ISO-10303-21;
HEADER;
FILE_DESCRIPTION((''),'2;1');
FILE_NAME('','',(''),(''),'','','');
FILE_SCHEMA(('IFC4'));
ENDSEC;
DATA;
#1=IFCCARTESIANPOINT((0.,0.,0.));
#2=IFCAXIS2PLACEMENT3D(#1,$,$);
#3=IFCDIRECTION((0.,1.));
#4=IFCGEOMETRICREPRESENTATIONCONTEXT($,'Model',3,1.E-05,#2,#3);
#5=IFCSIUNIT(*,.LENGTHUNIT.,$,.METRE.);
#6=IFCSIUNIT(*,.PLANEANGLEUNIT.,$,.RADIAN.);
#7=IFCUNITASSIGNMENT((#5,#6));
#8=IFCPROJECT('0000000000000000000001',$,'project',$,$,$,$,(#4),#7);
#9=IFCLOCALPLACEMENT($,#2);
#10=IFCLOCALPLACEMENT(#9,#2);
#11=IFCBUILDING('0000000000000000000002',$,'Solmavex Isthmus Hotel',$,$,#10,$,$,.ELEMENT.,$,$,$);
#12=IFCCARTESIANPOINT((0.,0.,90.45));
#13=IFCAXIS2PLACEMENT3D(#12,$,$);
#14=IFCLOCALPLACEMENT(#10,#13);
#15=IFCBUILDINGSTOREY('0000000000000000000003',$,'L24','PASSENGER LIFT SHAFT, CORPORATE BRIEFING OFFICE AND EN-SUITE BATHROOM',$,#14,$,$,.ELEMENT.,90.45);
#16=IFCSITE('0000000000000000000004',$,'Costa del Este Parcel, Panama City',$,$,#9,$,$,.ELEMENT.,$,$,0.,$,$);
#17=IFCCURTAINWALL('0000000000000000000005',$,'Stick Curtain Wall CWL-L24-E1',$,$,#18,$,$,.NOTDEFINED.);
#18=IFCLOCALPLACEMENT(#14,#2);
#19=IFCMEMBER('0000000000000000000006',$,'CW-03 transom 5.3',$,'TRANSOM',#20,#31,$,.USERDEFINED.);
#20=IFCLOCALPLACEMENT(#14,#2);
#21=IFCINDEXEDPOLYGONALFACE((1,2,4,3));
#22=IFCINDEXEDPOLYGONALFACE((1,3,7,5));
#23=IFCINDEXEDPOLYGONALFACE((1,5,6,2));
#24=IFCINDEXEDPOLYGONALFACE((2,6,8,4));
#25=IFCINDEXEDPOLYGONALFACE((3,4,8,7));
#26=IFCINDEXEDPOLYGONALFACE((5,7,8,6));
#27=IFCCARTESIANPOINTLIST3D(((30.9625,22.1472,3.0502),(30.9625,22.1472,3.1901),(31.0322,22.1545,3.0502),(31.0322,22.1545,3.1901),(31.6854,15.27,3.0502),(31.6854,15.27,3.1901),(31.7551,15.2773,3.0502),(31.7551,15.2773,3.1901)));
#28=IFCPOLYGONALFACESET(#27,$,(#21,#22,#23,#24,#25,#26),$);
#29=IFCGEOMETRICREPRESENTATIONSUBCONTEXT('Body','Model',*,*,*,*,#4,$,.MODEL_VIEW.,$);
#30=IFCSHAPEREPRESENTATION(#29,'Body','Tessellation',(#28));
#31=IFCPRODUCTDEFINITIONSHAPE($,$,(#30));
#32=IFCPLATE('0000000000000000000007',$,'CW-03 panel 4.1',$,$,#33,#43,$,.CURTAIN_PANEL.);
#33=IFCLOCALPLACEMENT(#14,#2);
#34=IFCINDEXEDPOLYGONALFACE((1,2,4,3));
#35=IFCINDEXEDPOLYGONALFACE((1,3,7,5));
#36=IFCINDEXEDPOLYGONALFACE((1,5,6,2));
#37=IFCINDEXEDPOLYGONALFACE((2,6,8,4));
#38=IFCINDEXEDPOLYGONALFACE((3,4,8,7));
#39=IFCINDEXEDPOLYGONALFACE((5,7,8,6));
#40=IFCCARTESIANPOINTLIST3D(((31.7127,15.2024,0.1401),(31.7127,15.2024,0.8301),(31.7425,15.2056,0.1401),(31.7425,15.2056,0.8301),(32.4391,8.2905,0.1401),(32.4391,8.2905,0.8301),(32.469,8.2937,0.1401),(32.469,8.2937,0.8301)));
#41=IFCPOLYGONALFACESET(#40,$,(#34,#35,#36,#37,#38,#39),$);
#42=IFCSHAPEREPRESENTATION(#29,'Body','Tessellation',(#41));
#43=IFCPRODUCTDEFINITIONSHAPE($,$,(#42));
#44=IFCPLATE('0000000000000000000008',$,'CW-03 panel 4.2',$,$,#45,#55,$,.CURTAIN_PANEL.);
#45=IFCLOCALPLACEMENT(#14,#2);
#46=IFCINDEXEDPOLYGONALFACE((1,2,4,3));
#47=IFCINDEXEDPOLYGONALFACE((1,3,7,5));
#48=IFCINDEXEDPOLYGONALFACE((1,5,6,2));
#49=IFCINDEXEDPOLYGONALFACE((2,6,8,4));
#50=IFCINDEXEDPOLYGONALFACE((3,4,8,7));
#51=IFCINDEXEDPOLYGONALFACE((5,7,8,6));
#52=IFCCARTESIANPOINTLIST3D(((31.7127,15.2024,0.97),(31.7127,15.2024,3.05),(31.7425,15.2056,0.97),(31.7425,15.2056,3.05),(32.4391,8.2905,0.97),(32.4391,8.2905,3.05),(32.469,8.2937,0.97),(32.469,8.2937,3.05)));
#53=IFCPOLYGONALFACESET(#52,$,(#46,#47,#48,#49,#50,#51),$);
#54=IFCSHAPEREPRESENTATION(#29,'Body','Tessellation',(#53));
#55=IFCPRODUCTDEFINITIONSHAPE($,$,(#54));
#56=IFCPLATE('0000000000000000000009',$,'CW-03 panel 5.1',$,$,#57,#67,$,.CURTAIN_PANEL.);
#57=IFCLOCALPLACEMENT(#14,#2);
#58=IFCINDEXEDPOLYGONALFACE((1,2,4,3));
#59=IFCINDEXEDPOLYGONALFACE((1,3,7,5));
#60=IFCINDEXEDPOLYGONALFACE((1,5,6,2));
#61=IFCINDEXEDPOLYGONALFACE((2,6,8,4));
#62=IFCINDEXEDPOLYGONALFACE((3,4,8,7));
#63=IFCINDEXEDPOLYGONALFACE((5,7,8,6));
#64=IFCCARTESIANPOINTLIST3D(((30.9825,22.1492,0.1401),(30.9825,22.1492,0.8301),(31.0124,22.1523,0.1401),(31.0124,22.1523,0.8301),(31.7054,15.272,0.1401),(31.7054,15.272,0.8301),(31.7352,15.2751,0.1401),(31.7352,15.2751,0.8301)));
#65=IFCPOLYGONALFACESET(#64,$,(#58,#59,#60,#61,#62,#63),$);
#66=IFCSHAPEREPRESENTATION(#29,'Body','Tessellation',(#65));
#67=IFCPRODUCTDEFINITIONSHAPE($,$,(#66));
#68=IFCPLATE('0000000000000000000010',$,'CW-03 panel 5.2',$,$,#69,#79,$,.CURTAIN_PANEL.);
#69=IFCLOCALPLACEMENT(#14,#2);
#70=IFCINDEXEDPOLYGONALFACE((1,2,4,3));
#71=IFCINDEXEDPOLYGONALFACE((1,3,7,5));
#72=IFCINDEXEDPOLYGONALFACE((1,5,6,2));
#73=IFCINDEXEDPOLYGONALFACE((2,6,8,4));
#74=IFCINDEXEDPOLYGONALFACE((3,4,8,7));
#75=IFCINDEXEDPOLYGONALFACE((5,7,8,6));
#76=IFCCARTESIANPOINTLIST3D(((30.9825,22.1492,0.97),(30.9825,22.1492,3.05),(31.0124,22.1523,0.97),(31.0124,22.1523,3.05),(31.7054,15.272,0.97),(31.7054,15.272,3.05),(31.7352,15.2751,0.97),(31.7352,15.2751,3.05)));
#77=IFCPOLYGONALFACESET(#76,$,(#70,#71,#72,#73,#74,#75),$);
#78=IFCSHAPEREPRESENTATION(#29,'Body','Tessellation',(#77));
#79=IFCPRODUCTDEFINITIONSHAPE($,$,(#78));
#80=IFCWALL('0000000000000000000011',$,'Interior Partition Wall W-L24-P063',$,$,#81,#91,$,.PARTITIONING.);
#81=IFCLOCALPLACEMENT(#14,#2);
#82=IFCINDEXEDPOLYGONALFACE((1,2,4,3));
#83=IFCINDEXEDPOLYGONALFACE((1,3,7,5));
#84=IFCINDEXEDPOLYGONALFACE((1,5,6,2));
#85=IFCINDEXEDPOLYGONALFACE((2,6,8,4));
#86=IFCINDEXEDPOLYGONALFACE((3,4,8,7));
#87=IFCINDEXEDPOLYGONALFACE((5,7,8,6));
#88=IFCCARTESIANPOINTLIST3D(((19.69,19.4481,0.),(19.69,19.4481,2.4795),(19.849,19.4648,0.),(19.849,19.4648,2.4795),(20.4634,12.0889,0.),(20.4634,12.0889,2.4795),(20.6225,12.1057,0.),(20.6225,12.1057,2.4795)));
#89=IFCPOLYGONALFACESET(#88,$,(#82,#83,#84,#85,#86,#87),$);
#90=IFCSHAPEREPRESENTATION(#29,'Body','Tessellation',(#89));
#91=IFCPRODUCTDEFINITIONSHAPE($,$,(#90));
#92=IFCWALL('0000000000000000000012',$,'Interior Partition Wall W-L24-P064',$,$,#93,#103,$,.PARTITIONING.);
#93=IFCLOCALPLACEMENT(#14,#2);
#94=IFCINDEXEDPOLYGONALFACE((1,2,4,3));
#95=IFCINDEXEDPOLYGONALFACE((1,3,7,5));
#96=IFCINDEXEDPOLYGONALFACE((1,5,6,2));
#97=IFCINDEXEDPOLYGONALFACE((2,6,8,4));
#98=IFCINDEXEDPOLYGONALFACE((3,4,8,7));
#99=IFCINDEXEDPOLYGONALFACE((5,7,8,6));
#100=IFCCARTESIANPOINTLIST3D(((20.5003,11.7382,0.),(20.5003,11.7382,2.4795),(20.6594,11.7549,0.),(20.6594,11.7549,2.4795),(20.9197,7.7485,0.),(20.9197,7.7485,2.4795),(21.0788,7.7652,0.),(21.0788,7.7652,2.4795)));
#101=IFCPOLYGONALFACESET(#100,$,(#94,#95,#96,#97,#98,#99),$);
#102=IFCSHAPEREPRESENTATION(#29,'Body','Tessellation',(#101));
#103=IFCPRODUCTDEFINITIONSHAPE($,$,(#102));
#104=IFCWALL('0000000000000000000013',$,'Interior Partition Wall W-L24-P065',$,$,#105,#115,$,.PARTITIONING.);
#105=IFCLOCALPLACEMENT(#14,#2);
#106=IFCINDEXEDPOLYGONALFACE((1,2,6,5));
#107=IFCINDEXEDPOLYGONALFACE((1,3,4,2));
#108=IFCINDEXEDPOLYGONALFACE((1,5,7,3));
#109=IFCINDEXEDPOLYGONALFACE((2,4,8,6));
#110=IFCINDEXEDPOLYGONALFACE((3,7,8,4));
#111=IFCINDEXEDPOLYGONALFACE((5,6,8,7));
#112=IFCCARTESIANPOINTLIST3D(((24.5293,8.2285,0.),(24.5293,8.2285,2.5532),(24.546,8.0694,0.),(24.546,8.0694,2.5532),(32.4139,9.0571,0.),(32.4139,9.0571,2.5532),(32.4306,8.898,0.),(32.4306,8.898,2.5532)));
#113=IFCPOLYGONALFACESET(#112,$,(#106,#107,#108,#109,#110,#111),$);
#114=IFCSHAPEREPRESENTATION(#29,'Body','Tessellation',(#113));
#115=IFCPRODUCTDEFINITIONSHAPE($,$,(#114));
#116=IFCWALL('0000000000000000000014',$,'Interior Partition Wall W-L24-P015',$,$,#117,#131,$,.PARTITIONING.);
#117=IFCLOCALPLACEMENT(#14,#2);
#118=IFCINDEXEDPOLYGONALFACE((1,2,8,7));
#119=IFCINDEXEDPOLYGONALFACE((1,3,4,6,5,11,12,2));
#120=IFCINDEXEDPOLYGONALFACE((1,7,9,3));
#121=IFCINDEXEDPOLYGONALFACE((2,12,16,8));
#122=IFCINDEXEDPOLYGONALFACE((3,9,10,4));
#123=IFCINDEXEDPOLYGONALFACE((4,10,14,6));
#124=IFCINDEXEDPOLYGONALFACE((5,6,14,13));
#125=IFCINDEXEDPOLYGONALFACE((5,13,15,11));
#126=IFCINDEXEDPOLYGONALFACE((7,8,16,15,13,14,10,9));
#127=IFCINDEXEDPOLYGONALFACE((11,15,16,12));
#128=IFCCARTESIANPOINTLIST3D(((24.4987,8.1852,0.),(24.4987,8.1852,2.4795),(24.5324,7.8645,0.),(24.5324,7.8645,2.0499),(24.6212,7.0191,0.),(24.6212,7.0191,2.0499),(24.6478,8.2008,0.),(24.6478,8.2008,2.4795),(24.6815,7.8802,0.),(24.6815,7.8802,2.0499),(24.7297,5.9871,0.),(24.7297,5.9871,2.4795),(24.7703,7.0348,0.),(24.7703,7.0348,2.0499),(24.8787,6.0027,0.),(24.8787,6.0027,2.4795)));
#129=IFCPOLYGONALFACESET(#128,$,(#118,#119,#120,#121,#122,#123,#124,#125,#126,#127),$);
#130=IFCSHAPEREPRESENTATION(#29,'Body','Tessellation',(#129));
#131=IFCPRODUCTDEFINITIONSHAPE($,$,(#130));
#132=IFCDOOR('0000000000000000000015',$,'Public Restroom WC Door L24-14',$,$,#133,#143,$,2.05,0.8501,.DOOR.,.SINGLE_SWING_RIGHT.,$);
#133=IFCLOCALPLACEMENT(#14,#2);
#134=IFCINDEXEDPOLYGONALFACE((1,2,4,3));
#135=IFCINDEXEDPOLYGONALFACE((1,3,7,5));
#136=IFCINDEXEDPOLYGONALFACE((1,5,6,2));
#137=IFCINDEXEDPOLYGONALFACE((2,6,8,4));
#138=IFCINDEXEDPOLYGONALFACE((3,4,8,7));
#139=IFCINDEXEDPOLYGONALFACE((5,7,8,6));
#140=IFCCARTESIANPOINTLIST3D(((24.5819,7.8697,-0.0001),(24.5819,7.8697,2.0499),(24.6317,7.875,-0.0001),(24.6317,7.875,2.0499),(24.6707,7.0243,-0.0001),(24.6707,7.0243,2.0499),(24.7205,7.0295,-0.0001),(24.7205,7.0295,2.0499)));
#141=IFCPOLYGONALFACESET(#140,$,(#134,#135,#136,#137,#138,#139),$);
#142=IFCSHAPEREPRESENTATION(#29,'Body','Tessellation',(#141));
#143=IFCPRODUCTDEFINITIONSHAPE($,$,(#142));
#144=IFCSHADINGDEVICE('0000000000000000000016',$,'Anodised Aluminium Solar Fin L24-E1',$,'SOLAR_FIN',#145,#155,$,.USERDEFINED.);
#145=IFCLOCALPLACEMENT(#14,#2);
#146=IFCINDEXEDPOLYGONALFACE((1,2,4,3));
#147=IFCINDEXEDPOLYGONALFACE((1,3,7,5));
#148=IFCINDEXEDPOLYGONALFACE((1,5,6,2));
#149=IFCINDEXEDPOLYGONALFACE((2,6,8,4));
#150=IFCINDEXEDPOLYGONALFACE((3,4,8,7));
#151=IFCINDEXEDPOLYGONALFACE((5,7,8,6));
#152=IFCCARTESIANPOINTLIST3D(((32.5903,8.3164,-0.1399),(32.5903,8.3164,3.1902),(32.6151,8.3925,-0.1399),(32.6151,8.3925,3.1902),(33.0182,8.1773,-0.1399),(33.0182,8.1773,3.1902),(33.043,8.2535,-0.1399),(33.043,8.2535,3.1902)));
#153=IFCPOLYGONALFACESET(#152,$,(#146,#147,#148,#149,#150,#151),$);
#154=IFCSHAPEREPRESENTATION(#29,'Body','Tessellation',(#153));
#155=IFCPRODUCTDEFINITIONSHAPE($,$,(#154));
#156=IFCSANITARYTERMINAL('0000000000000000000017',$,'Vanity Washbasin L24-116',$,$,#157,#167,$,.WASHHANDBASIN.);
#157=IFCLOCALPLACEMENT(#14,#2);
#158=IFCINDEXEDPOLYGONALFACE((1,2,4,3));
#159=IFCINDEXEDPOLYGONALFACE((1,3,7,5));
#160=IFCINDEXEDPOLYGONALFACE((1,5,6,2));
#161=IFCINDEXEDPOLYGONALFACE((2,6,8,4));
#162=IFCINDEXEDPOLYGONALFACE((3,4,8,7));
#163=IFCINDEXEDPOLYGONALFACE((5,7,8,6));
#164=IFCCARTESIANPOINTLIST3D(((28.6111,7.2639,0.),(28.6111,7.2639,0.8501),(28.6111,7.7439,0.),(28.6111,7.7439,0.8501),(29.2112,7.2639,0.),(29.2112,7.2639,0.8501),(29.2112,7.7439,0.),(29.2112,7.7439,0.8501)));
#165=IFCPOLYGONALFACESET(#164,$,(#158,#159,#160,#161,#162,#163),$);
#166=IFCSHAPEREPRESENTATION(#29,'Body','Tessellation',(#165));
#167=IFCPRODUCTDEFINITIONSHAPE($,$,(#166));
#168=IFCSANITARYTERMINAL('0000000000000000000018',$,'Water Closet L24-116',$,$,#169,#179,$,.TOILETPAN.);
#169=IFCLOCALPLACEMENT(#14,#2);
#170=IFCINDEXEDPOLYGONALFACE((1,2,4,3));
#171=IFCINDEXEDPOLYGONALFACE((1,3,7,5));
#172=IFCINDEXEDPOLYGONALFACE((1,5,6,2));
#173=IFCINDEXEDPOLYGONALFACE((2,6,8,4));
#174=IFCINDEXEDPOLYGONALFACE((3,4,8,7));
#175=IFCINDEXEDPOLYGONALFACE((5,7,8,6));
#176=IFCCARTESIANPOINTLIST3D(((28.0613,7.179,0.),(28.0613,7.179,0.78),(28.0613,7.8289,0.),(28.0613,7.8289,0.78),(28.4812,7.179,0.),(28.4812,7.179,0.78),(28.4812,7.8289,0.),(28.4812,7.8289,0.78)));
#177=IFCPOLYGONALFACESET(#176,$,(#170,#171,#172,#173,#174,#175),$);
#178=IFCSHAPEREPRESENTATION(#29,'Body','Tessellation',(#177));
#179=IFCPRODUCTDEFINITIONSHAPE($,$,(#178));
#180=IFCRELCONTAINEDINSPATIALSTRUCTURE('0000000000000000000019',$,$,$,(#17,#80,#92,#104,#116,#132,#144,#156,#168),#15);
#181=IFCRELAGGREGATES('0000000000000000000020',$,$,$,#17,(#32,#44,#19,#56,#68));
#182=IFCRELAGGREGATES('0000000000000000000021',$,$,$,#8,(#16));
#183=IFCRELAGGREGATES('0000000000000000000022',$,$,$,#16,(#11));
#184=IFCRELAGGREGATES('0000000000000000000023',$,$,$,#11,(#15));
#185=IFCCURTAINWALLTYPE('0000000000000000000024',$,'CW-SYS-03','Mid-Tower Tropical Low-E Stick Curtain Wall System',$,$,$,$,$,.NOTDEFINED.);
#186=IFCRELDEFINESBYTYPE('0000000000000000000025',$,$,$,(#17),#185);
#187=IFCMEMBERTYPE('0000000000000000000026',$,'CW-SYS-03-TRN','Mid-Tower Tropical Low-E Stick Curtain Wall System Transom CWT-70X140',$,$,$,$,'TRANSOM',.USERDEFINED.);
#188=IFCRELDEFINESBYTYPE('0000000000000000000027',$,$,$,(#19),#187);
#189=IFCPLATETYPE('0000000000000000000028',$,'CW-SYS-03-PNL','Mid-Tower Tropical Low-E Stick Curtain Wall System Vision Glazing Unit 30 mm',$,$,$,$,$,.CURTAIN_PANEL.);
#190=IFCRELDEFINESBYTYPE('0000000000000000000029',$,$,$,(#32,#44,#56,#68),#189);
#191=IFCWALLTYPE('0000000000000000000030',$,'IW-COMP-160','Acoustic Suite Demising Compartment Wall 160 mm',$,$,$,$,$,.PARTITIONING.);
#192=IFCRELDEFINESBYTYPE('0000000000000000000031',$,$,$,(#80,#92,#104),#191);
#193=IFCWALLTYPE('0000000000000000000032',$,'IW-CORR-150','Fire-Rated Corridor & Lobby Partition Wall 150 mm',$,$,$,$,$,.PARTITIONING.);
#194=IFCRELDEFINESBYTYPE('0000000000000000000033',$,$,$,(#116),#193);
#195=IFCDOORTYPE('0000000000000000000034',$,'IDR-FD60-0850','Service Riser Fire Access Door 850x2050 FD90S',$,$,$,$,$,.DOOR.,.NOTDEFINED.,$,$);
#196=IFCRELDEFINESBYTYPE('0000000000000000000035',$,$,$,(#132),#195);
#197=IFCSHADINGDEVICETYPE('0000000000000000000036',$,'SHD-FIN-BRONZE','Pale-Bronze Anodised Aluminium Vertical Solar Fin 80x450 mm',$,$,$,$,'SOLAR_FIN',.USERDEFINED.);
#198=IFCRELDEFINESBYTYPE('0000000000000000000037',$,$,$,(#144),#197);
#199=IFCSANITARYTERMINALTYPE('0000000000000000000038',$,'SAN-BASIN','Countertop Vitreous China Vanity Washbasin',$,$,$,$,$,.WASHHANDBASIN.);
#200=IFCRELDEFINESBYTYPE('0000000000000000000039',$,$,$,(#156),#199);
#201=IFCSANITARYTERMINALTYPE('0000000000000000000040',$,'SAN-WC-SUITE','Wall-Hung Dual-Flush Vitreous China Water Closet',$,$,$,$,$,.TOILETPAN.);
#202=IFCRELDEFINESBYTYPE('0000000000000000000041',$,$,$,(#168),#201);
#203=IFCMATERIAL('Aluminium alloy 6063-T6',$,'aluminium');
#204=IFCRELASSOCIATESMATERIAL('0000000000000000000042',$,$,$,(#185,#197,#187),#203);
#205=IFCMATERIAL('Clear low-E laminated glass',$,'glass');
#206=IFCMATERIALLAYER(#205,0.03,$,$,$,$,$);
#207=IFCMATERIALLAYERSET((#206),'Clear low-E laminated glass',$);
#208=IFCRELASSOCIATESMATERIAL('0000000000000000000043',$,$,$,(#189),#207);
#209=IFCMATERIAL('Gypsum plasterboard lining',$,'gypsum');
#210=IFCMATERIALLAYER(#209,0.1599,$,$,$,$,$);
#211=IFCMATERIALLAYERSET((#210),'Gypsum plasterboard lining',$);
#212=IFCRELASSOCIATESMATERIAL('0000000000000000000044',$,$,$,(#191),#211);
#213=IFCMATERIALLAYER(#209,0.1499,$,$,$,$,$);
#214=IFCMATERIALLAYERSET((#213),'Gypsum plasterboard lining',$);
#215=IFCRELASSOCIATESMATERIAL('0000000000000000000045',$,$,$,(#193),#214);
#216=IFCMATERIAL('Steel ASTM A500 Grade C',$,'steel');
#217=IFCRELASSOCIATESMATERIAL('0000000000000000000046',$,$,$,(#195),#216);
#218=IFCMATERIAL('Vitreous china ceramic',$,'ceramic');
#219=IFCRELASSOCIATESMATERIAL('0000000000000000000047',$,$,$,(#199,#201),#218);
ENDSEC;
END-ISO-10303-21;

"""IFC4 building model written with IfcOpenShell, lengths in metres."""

from ifc_helpers import new_model, si_unit, direction, frame, frame_2d, origin, origin_2d, place, context, subcontext, project, spatial, rectangle, extrude, material, layer, layer_set, material_profile, profile_set, type_object, element, fill, aggregate, save


model = new_model("IFC4")

# Units and contexts
model_context = context("Model", 3, precision=1e-05, world=origin(), true_north=direction((0.0, 1.0)))
body_context = subcontext(model_context, "Body", "Model", "MODEL_VIEW")
ifc_project = project(units=[si_unit("LENGTHUNIT", "METRE"), si_unit("PLANEANGLEUNIT", "RADIAN")], contexts=[model_context])

# Site, building, storey
site_placement = place(None, origin())
site = spatial("IfcSite", under=ifc_project, at=site_placement, Name="Costa del Este Parcel, Panama City", CompositionType="ELEMENT", RefElevation=0.0)
building_placement = place(site_placement, origin())
building = spatial("IfcBuilding", under=site, at=building_placement, Name="Solmavex Isthmus Hotel", CompositionType="ELEMENT")
storey_placement = place(building_placement, frame((0.0, 0.0, 90.45)))
storey = spatial("IfcBuildingStorey", under=building, at=storey_placement, Name="L24", Description="PASSENGER LIFT SHAFT, CORPORATE BRIEFING OFFICE AND EN-SUITE BATHROOM", CompositionType="ELEMENT", Elevation=90.45)

# Curtain wall, member, plates
ifc_material_1 = material(Name="Aluminium alloy 6063-T6", Category="aluminium")
curtain_wall_type = type_object("IfcCurtainWallType", Name="CW-SYS-03", Description="Mid-Tower Tropical Low-E Stick Curtain Wall System", PredefinedType="NOTDEFINED", material=ifc_material_1)
curtain_wall_placement = place(storey_placement, origin())
curtain_wall = element("IfcCurtainWall", 1, at=curtain_wall_placement, inside=storey, type_object=curtain_wall_type, Name="Stick Curtain Wall CWL-L24-E1", PredefinedType="NOTDEFINED")
ifc_material_profile_1 = material_profile(ifc_material_1, rectangle(XDim=0.0701, YDim=0.1399, at=origin_2d()), Name="CWT-70X140")
ifc_profile_set_1 = profile_set([ifc_material_profile_1], Name="Aluminium alloy 6063-T6")
member_type_1 = type_object("IfcMemberType", Name="CW-SYS-03-TRN", Description="Mid-Tower Tropical Low-E Stick Curtain Wall System Transom CWT-70X140", ElementType="TRANSOM", PredefinedType="USERDEFINED", material=ifc_profile_set_1)
member_1_placement = place(storey_placement, frame((31.7202, 15.2737, 3.1201), z_axis=(-0.10454, 0.994521, 0.0), x_axis=(-0.994521, -0.10454, 0.0)))
member_1 = element("IfcMember", 2, at=member_1_placement, type_object=member_type_1, Name="CW-03 transom 5.3", ObjectType="TRANSOM", PredefinedType="USERDEFINED", context=body_context, shape_type="SweptSolid", body=[
    extrude(rectangle(XDim=0.0701, YDim=0.1399, at=origin_2d()), origin(), (0.0, 0.0, 1.0), 6.915),
])
ifc_material_2 = material(Name="Clear low-E laminated glass", Category="glass")
ifc_layer_1 = layer(ifc_material_2, 0.03)
ifc_layer_set_1 = layer_set([ifc_layer_1], Name="Clear low-E laminated glass")
plate_type = type_object("IfcPlateType", Name="CW-SYS-03-PNL", Description="Mid-Tower Tropical Low-E Stick Curtain Wall System Vision Glazing Unit 30 mm", PredefinedType="CURTAIN_PANEL", material=ifc_layer_set_1)
plate_1_placement = place(storey_placement, frame((32.0908, 11.748, 0.1401), z_axis=(0.0, 0.0, 1.0), x_axis=(-0.104528, 0.994522, 0.0)))
plate_1 = element("IfcPlate", 3, at=plate_1_placement, type_object=plate_type, Name="CW-03 panel 4.1", PredefinedType="CURTAIN_PANEL", context=body_context, shape_type="SweptSolid", body=[
    extrude(rectangle(XDim=6.95, YDim=0.03, at=origin_2d()), origin(), (0.0, 0.0, 1.0), 0.6899),
])
plate_2_placement = place(storey_placement, frame((32.0908, 11.748, 0.97), z_axis=(0.0, 0.0, 1.0), x_axis=(-0.104528, 0.994522, 0.0)))
plate_2 = element("IfcPlate", 4, at=plate_2_placement, type_object=plate_type, Name="CW-03 panel 4.2", PredefinedType="CURTAIN_PANEL", context=body_context, shape_type="SweptSolid", body=[
    extrude(rectangle(XDim=6.95, YDim=0.03, at=origin_2d()), origin(), (0.0, 0.0, 1.0), 2.0801),
])
plate_3_placement = place(storey_placement, frame((31.3589, 18.7122, 0.1401), z_axis=(0.0, 0.0, 1.0), x_axis=(-0.104528, 0.994522, 0.0)))
plate_3 = element("IfcPlate", 5, at=plate_3_placement, type_object=plate_type, Name="CW-03 panel 5.1", PredefinedType="CURTAIN_PANEL", context=body_context, shape_type="SweptSolid", body=[
    extrude(rectangle(XDim=6.915, YDim=0.03, at=origin_2d()), origin(), (0.0, 0.0, 1.0), 0.6899),
])
plate_4_placement = place(storey_placement, frame((31.3589, 18.7122, 0.97), z_axis=(0.0, 0.0, 1.0), x_axis=(-0.104528, 0.994522, 0.0)))
plate_4 = element("IfcPlate", 6, at=plate_4_placement, type_object=plate_type, Name="CW-03 panel 5.2", PredefinedType="CURTAIN_PANEL", context=body_context, shape_type="SweptSolid", body=[
    extrude(rectangle(XDim=6.915, YDim=0.03, at=origin_2d()), origin(), (0.0, 0.0, 1.0), 2.0801),
])
aggregate(curtain_wall, [plate_1, plate_2, member_1, plate_3, plate_4])

# Walls
ifc_material_3 = material(Name="Gypsum plasterboard lining", Category="gypsum")
ifc_layer_2 = layer(ifc_material_3, 0.1599)
ifc_layer_set_2 = layer_set([ifc_layer_2], Name="Gypsum plasterboard lining")
wall_type_1 = type_object("IfcWallType", Name="IW-COMP-160", Description="Acoustic Suite Demising Compartment Wall 160 mm", PredefinedType="PARTITIONING", material=ifc_layer_set_2)
wall_1_placement = place(storey_placement, frame((19.7695, 19.4563, 0.0), z_axis=(0.0, 0.0, 1.0), x_axis=(0.104523, -0.994522, 0.0)))
element("IfcWall", 7, at=wall_1_placement, inside=storey, type_object=wall_type_1, Name="Interior Partition Wall W-L24-P063", PredefinedType="PARTITIONING", context=body_context, shape_type="SweptSolid", body=[
    extrude(rectangle(XDim=7.3997, YDim=0.1599, at=frame_2d((3.6997, 0.0))), origin(), (0.0, 0.0, 1.0), 2.4795),
])
wall_2_placement = place(storey_placement, frame((20.5798, 11.7466, 0.0), z_axis=(0.0, 0.0, 1.0), x_axis=(0.104552, -0.994519, 0.0)))
element("IfcWall", 8, at=wall_2_placement, inside=storey, type_object=wall_type_1, Name="Interior Partition Wall W-L24-P064", PredefinedType="PARTITIONING", context=body_context, shape_type="SweptSolid", body=[
    extrude(rectangle(XDim=4.0117, YDim=0.1599, at=frame_2d((2.0059, 0.0))), origin(), (0.0, 0.0, 1.0), 2.4795),
])
wall_3_placement = place(storey_placement, frame((32.4221, 8.9775, 0.0), z_axis=(0.0, 0.0, 1.0), x_axis=(-0.994523, -0.104518, 0.0)))
element("IfcWall", 9, at=wall_3_placement, inside=storey, type_object=wall_type_1, Name="Interior Partition Wall W-L24-P065", PredefinedType="PARTITIONING", context=body_context, shape_type="SweptSolid", body=[
    extrude(rectangle(XDim=7.928, YDim=0.1599, at=frame_2d((3.9639, 0.0))), origin(), (0.0, 0.0, 1.0), 2.5532),
])

# Wall, opening, door
ifc_layer_3 = layer(ifc_material_3, 0.1499)
ifc_layer_set_3 = layer_set([ifc_layer_3], Name="Gypsum plasterboard lining")
wall_type_2 = type_object("IfcWallType", Name="IW-CORR-150", Description="Fire-Rated Corridor & Lobby Partition Wall 150 mm", PredefinedType="PARTITIONING", material=ifc_layer_set_3)
wall_4_placement = place(storey_placement, frame((24.5732, 8.1929, 0.0), z_axis=(0.0, 0.0, 1.0), x_axis=(0.104501, -0.994525, 0.0)))
wall_4 = element("IfcWall", 10, at=wall_4_placement, inside=storey, type_object=wall_type_2, Name="Interior Partition Wall W-L24-P015", PredefinedType="PARTITIONING", context=body_context, shape_type="SweptSolid", body=[
    extrude(rectangle(XDim=2.2102, YDim=0.1499, at=frame_2d((1.105, 0.0))), origin(), (0.0, 0.0, 1.0), 2.4795),
])
opening_1_placement = place(wall_4_placement, frame((0.3223, 0.0, 0.0)))
opening_1 = element("IfcOpeningElement", 11, at=opening_1_placement, cuts=wall_4, PredefinedType="OPENING", context=body_context, shape_type="SweptSolid", body=[
    extrude(rectangle(XDim=0.8501, YDim=2.05, at=frame_2d((0.425, 1.0249))), frame((0.0, 0.085, 0.0), z_axis=(0.0, -1.0, 0.0), x_axis=(1.0, 0.0, 0.0)), (0.0, 0.0, 1.0), 0.1699),
])
ifc_material_4 = material(Name="Steel ASTM A500 Grade C", Category="steel")
door_type_1 = type_object("IfcDoorType", Name="IDR-FD60-0850", Description="Service Riser Fire Access Door 850x2050 FD90S", OperationType="NOTDEFINED", PredefinedType="DOOR", material=ifc_material_4)
door_1_placement = place(opening_1_placement, origin())
door_1 = element("IfcDoor", 12, at=door_1_placement, inside=storey, type_object=door_type_1, Name="Public Restroom WC Door L24-14", OperationType="SINGLE_SWING_RIGHT", OverallHeight=2.05, OverallWidth=0.8501, PredefinedType="DOOR", context=body_context, shape_type="SweptSolid", body=[
    extrude(rectangle(XDim=0.8501, YDim=2.05, at=frame_2d((0.425, 1.0249))), frame((0.0, 0.0249, 0.0), z_axis=(0.0, -1.0, 0.0), x_axis=(1.0, 0.0, 0.0)), (0.0, 0.0, 1.0), 0.05),
])
fill(opening_1, door_1)

# Shading device
shading_device_type = type_object("IfcShadingDeviceType", Name="SHD-FIN-BRONZE", Description="Pale-Bronze Anodised Aluminium Vertical Solar Fin 80x450 mm", ElementType="SOLAR_FIN", PredefinedType="USERDEFINED", material=ifc_material_1)
shading_device_placement = place(storey_placement, frame((32.8167, 8.2849, -0.1399), z_axis=(0.0, 0.0, 1.0), x_axis=(0.951057, -0.309017, 0.0)))
element("IfcShadingDevice", 13, at=shading_device_placement, inside=storey, type_object=shading_device_type, Name="Anodised Aluminium Solar Fin L24-E1", ObjectType="SOLAR_FIN", PredefinedType="USERDEFINED", context=body_context, shape_type="SweptSolid", body=[
    extrude(rectangle(XDim=0.45, YDim=0.0801, at=origin_2d()), origin(), (0.0, 0.0, 1.0), 3.3301),
])

# Sanitary terminals
ifc_material_5 = material(Name="Vitreous china ceramic", Category="ceramic")
sanitary_terminal_type_1 = type_object("IfcSanitaryTerminalType", Name="SAN-BASIN", Description="Countertop Vitreous China Vanity Washbasin", PredefinedType="WASHHANDBASIN", material=ifc_material_5)
sanitary_terminal_1_placement = place(storey_placement, frame((28.9111, 7.5039, 0.0), z_axis=(0.0, 0.0, 1.0), x_axis=(1.0, 0.0, 0.0)))
element("IfcSanitaryTerminal", 14, at=sanitary_terminal_1_placement, inside=storey, type_object=sanitary_terminal_type_1, Name="Vanity Washbasin L24-116", PredefinedType="WASHHANDBASIN", context=body_context, shape_type="SweptSolid", body=[
    extrude(rectangle(XDim=0.6001, YDim=0.48, at=origin_2d()), origin(), (0.0, 0.0, 1.0), 0.8501),
])
sanitary_terminal_type_2 = type_object("IfcSanitaryTerminalType", Name="SAN-WC-SUITE", Description="Wall-Hung Dual-Flush Vitreous China Water Closet", PredefinedType="TOILETPAN", material=ifc_material_5)
sanitary_terminal_2_placement = place(storey_placement, frame((28.2712, 7.5039, 0.0), z_axis=(0.0, 0.0, 1.0), x_axis=(1.0, 0.0, 0.0)))
element("IfcSanitaryTerminal", 15, at=sanitary_terminal_2_placement, inside=storey, type_object=sanitary_terminal_type_2, Name="Water Closet L24-116", PredefinedType="TOILETPAN", context=body_context, shape_type="SweptSolid", body=[
    extrude(rectangle(XDim=0.4199, YDim=0.6499, at=origin_2d()), origin(), (0.0, 0.0, 1.0), 0.78),
])

save(model, "model.ifc")
